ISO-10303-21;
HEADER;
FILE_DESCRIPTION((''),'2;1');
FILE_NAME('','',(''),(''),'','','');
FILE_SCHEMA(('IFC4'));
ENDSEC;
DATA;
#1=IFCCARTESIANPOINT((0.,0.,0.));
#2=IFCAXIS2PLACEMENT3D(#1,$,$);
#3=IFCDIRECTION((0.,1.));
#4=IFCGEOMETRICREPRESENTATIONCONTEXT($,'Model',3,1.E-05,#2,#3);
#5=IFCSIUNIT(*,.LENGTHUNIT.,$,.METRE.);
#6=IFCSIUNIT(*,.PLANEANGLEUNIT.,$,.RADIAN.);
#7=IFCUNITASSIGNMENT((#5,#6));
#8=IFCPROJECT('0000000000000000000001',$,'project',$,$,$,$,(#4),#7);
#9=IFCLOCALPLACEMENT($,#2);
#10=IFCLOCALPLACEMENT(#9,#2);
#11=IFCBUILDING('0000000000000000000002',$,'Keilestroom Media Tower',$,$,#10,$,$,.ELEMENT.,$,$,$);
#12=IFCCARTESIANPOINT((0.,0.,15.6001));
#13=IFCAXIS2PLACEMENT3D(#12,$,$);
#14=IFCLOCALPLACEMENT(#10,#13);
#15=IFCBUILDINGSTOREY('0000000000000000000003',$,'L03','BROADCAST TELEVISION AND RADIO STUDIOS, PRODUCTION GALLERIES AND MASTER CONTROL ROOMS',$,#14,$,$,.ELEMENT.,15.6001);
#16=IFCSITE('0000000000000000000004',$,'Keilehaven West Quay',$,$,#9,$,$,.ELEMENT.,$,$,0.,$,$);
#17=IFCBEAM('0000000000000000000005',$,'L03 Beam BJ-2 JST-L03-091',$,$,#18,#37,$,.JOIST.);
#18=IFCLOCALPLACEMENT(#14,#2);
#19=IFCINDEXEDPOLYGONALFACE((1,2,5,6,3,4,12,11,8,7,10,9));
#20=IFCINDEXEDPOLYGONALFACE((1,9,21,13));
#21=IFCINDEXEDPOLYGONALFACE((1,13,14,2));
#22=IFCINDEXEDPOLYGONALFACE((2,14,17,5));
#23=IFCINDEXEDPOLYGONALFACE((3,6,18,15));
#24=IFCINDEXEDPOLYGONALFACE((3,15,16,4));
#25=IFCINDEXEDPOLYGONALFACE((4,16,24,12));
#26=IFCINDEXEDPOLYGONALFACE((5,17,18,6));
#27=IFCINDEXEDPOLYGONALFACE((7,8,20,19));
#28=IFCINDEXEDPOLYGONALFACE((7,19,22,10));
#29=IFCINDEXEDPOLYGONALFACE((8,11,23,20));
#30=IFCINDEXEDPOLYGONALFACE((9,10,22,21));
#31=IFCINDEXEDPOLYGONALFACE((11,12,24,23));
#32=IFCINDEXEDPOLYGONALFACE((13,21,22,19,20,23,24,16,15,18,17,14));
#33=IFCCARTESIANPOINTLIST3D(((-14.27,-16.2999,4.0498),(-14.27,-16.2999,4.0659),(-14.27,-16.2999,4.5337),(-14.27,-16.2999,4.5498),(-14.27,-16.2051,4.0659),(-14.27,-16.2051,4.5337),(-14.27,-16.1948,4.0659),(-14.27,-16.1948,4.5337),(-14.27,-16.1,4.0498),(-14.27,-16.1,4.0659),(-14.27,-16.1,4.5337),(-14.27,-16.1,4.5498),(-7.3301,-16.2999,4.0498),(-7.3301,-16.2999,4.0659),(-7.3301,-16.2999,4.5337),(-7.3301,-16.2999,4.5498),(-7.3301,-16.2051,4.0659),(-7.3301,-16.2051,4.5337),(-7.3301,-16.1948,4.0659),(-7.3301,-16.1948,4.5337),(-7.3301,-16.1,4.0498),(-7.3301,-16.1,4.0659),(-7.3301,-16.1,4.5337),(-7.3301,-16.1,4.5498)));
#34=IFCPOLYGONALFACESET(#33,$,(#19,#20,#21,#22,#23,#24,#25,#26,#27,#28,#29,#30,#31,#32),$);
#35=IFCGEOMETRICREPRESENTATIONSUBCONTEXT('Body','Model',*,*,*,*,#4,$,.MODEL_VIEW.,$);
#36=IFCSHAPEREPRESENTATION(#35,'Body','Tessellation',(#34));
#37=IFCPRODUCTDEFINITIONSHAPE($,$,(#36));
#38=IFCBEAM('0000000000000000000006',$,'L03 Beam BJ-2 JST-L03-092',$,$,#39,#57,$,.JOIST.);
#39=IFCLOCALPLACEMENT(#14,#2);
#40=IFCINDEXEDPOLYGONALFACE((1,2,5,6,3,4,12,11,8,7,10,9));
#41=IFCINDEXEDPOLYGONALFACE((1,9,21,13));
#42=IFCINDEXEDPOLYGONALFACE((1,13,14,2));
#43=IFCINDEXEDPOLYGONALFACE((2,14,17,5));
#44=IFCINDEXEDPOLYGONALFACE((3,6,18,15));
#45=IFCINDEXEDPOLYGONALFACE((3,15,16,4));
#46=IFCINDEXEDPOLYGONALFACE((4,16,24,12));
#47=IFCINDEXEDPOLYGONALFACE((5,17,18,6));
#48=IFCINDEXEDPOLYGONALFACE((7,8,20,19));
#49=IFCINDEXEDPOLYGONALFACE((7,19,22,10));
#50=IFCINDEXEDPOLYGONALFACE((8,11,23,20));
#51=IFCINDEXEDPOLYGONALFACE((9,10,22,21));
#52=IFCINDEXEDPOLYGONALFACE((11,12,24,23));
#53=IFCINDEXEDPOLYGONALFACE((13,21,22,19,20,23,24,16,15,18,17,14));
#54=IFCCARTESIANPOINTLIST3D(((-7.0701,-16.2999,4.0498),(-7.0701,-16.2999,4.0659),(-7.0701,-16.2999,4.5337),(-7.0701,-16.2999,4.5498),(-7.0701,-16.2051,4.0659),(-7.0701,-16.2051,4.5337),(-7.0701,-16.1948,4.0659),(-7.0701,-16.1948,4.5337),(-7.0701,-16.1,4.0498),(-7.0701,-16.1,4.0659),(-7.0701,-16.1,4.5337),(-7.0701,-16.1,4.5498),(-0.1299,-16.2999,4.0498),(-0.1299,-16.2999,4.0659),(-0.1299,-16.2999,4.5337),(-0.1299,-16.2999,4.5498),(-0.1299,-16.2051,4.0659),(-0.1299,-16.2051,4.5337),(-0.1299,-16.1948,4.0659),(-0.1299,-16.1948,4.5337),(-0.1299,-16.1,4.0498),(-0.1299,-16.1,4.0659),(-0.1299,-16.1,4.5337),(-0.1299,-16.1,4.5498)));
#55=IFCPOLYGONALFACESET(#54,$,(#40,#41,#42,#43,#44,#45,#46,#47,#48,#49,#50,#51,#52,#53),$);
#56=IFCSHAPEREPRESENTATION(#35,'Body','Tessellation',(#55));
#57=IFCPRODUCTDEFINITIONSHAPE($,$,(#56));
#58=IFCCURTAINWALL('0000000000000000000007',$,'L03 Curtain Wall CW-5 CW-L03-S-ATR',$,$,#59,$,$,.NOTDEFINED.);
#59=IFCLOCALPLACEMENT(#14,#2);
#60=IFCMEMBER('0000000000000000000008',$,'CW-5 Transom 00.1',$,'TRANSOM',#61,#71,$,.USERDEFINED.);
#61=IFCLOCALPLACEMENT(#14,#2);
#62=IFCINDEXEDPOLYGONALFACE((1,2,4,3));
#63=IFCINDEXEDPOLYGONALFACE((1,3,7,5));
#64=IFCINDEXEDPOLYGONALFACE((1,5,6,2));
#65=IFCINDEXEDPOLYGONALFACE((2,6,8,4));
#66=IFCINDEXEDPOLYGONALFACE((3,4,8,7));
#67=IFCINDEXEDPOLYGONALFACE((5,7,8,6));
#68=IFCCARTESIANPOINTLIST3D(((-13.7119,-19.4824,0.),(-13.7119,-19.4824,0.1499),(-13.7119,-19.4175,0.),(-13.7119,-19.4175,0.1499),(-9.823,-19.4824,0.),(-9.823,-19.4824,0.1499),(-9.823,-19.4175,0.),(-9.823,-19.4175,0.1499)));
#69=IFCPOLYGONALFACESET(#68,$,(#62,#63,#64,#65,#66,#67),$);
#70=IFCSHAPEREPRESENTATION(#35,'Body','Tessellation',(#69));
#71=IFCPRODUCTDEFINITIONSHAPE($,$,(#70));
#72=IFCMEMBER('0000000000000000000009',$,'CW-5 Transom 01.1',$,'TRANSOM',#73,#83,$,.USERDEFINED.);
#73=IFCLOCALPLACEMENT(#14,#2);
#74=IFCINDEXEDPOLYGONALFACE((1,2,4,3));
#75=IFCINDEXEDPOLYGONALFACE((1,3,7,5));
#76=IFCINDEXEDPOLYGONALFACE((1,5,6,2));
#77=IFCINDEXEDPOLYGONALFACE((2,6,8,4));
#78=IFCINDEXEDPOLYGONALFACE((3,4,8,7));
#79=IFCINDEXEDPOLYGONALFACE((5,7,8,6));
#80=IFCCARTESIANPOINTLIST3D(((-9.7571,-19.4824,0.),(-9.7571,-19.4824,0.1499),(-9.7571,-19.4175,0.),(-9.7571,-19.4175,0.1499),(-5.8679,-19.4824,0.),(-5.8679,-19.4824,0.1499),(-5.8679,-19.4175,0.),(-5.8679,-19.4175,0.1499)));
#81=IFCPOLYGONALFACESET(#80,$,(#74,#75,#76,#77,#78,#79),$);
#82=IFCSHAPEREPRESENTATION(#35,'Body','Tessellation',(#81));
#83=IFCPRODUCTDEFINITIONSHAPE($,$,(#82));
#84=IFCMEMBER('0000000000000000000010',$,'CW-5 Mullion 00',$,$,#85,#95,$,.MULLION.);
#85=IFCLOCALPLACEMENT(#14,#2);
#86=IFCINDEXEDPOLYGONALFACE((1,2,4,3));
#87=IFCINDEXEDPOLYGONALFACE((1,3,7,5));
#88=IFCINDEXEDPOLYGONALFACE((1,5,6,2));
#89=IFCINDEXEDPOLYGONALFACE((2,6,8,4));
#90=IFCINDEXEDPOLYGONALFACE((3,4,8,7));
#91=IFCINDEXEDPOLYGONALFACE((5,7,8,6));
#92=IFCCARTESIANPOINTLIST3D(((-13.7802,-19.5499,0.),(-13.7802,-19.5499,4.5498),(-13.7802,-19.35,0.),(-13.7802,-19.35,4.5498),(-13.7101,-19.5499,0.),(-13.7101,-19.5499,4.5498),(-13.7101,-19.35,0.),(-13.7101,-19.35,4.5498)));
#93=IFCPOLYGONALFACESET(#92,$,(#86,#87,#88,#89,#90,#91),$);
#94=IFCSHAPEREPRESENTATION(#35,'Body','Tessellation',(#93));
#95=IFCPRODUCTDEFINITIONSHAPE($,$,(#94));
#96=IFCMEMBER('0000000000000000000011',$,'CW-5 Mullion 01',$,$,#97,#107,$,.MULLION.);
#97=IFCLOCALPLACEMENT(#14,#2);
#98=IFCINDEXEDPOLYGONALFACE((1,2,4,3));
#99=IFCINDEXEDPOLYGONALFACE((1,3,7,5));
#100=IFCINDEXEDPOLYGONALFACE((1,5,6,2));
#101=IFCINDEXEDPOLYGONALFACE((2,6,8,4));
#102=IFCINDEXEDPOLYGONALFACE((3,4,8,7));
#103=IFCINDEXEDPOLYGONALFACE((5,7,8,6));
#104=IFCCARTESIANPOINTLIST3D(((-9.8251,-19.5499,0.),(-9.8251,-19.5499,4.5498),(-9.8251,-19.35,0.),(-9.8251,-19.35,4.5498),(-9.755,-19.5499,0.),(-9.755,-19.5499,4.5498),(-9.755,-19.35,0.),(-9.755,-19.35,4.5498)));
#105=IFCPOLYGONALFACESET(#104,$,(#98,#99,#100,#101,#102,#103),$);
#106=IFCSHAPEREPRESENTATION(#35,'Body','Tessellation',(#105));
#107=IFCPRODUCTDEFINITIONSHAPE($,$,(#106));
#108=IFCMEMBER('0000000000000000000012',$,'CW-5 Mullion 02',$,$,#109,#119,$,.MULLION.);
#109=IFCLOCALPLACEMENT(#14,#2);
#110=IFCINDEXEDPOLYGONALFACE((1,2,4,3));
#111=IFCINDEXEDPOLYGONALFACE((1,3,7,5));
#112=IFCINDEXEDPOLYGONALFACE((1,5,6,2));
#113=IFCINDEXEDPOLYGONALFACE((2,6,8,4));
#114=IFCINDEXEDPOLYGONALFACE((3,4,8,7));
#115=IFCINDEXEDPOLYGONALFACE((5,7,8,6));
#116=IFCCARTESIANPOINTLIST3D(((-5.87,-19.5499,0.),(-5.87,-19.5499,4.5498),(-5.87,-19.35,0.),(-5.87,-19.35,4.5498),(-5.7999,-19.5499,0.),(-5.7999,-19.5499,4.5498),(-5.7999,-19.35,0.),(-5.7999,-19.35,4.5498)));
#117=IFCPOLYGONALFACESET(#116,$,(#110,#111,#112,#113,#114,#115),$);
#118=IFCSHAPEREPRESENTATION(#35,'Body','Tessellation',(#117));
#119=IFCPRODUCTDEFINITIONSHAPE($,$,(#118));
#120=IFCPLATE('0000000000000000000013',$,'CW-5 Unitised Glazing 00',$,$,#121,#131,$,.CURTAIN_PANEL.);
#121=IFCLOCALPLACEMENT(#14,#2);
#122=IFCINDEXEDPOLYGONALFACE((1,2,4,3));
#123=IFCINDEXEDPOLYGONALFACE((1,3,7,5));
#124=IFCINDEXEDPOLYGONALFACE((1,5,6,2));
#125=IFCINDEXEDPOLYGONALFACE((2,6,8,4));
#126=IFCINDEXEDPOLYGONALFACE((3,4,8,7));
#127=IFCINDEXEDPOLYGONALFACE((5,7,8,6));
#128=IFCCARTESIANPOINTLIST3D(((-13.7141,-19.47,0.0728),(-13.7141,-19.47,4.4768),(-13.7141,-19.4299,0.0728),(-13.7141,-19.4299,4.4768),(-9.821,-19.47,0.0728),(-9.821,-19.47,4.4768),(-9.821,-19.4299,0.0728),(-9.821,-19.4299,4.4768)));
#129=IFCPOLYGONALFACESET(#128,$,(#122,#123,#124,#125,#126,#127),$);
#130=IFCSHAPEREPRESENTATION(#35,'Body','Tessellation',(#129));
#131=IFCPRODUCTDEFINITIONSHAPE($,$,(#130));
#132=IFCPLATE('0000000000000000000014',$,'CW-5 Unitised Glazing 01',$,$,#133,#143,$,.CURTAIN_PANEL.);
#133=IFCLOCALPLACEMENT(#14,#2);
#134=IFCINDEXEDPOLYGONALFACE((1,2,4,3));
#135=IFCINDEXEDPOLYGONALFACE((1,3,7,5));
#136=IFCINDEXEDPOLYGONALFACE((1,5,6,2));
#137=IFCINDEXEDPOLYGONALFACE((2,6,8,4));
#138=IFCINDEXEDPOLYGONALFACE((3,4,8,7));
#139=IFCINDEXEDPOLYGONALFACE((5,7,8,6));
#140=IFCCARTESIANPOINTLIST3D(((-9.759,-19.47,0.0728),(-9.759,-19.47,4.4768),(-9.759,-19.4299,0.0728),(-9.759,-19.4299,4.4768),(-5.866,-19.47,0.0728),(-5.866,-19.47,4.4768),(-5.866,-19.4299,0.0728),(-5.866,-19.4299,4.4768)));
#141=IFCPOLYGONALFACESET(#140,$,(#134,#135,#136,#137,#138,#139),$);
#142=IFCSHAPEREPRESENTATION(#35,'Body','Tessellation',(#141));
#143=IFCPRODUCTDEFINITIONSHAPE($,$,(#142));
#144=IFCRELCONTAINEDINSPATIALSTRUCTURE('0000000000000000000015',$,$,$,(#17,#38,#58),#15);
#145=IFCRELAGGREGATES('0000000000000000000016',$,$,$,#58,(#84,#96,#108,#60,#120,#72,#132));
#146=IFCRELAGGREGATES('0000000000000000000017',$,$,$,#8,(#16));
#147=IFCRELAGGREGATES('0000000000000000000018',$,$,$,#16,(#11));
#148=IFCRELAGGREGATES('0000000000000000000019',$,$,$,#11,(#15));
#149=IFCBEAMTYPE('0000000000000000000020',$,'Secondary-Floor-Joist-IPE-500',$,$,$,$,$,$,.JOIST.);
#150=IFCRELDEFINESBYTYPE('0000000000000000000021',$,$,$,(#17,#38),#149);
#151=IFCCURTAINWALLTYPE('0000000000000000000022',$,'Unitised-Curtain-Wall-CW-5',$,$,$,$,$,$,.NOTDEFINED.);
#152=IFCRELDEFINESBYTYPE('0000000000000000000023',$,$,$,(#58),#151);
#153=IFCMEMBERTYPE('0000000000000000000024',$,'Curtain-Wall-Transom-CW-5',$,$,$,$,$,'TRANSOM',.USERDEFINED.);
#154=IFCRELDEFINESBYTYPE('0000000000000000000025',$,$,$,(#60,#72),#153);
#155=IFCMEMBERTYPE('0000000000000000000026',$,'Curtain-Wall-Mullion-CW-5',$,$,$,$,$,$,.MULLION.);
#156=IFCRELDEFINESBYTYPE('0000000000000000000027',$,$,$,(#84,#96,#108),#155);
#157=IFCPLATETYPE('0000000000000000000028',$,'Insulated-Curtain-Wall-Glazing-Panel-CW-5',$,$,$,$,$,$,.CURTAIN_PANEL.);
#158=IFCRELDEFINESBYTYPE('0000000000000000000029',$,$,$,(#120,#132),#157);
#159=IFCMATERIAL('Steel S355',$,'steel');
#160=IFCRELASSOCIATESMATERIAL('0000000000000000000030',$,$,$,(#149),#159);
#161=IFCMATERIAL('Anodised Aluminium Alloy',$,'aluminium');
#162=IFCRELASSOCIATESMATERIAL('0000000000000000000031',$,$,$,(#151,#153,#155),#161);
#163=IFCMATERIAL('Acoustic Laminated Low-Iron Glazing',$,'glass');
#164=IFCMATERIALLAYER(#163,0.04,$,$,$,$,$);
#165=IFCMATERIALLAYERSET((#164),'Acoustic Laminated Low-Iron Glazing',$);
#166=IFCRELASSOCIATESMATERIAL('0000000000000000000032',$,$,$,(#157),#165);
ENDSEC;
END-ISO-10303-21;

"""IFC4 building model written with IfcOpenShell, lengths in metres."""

from ifc_helpers import new_model, si_unit, direction, frame, origin, origin_2d, place, context, subcontext, project, spatial, rectangle, i_section, extrude, source, transform, mapped, material, layer, layer_set, material_profile, profile_set, type_object, element, aggregate, save


model = new_model("IFC4")

# Units and contexts
model_context = context("Model", 3, precision=1e-05, world=origin(), true_north=direction((0.0, 1.0)))
body_context = subcontext(model_context, "Body", "Model", "MODEL_VIEW")
ifc_project = project(units=[si_unit("LENGTHUNIT", "METRE"), si_unit("PLANEANGLEUNIT", "RADIAN")], contexts=[model_context])

# Site, building, storey
site_placement = place(None, origin())
site = spatial("IfcSite", under=ifc_project, at=site_placement, Name="Keilehaven West Quay", CompositionType="ELEMENT", RefElevation=0.0)
building_placement = place(site_placement, origin())
building = spatial("IfcBuilding", under=site, at=building_placement, Name="Keilestroom Media Tower", CompositionType="ELEMENT")
storey_placement = place(building_placement, frame((0.0, 0.0, 15.6001)))
storey = spatial("IfcBuildingStorey", under=building, at=storey_placement, Name="L03", Description="BROADCAST TELEVISION AND RADIO STUDIOS, PRODUCTION GALLERIES AND MASTER CONTROL ROOMS", CompositionType="ELEMENT", Elevation=15.6001)

# Beams
ifc_material_1 = material(Name="Steel S355", Category="steel")
ifc_material_profile_1 = material_profile(ifc_material_1, i_section(OverallWidth=0.2, OverallDepth=0.5, WebThickness=0.0103, FlangeThickness=0.0161, at=origin_2d()), Name="IPE 500")
ifc_profile_set_1 = profile_set([ifc_material_profile_1], Name="Steel S355")
beam_type_1 = type_object("IfcBeamType", Name="Secondary-Floor-Joist-IPE-500", PredefinedType="JOIST", material=ifc_profile_set_1)
shared_shape_1 = source(origin(), body_context, "Body", "SweptSolid", [
    extrude(i_section(OverallWidth=0.2, OverallDepth=0.5, WebThickness=0.0103, FlangeThickness=0.0161, at=origin_2d()), origin(), (0.0, 0.0, 1.0), 6.9399),
])
beam_1_placement = place(storey_placement, frame((-14.27, -16.2, 4.2998), z_axis=(1.0, 0.0, 0.0), x_axis=(0.0, 1.0, 0.0)))
element("IfcBeam", 1, at=beam_1_placement, inside=storey, type_object=beam_type_1, Name="L03 Beam BJ-2 JST-L03-091", PredefinedType="JOIST", context=body_context, shape_type="MappedRepresentation", body=[
    mapped(shared_shape_1, transform((0.0, 0.0, 0.0), x_axis=(1.0, 0.0, 0.0), y_axis=(0.0, 1.0, 0.0), z_axis=(0.0, 0.0, 1.0), scale=1.0)),
])
shared_shape_2 = source(origin(), body_context, "Body", "SweptSolid", [
    extrude(i_section(OverallWidth=0.2, OverallDepth=0.5, WebThickness=0.0103, FlangeThickness=0.0161, at=origin_2d()), origin(), (0.0, 0.0, 1.0), 6.9402),
])
beam_2_placement = place(storey_placement, frame((-7.0701, -16.2, 4.2998), z_axis=(1.0, 0.0, 0.0), x_axis=(0.0, 1.0, 0.0)))
element("IfcBeam", 2, at=beam_2_placement, inside=storey, type_object=beam_type_1, Name="L03 Beam BJ-2 JST-L03-092", PredefinedType="JOIST", context=body_context, shape_type="MappedRepresentation", body=[
    mapped(shared_shape_2, transform((0.0, 0.0, 0.0), x_axis=(1.0, 0.0, 0.0), y_axis=(0.0, 1.0, 0.0), z_axis=(0.0, 0.0, 1.0), scale=1.0)),
])

# Curtain wall, members, plates
ifc_material_2 = material(Name="Anodised Aluminium Alloy", Category="aluminium")
curtain_wall_type = type_object("IfcCurtainWallType", Name="Unitised-Curtain-Wall-CW-5", PredefinedType="NOTDEFINED", material=ifc_material_2)
curtain_wall_placement = place(storey_placement, origin())
curtain_wall = element("IfcCurtainWall", 3, at=curtain_wall_placement, inside=storey, type_object=curtain_wall_type, Name="L03 Curtain Wall CW-5 CW-L03-S-ATR", PredefinedType="NOTDEFINED")
ifc_material_profile_2 = material_profile(ifc_material_2, rectangle(XDim=0.0649, YDim=0.1499, at=origin_2d()), Name="ALU TRANSOM 65x150")
ifc_profile_set_2 = profile_set([ifc_material_profile_2], Name="Anodised Aluminium Alloy")
member_type_1 = type_object("IfcMemberType", Name="Curtain-Wall-Transom-CW-5", ElementType="TRANSOM", PredefinedType="USERDEFINED", material=ifc_profile_set_2)
shared_shape_3 = source(origin(), body_context, "Body", "SweptSolid", [
    extrude(rectangle(XDim=0.0649, YDim=0.1499, at=origin_2d()), origin(), (0.0, 0.0, 1.0), 3.8889),
])
member_1_placement = place(storey_placement, frame((-13.7119, -19.45, 0.075), z_axis=(1.0, 0.0, 0.0), x_axis=(0.0, 1.0, 0.0)))
member_1 = element("IfcMember", 4, at=member_1_placement, type_object=member_type_1, Name="CW-5 Transom 00.1", ObjectType="TRANSOM", PredefinedType="USERDEFINED", context=body_context, shape_type="MappedRepresentation", body=[
    mapped(shared_shape_3, transform((0.0, 0.0, 0.0), x_axis=(1.0, 0.0, 0.0), y_axis=(0.0, 1.0, 0.0), z_axis=(0.0, 0.0, 1.0), scale=1.0)),
])
shared_shape_4 = source(origin(), body_context, "Body", "SweptSolid", [
    extrude(rectangle(XDim=0.0649, YDim=0.1499, at=origin_2d()), origin(), (0.0, 0.0, 1.0), 3.8892),
])
member_2_placement = place(storey_placement, frame((-9.7571, -19.45, 0.075), z_axis=(1.0, 0.0, 0.0), x_axis=(0.0, 1.0, 0.0)))
member_2 = element("IfcMember", 5, at=member_2_placement, type_object=member_type_1, Name="CW-5 Transom 01.1", ObjectType="TRANSOM", PredefinedType="USERDEFINED", context=body_context, shape_type="MappedRepresentation", body=[
    mapped(shared_shape_4, transform((0.0, 0.0, 0.0), x_axis=(1.0, 0.0, 0.0), y_axis=(0.0, 1.0, 0.0), z_axis=(0.0, 0.0, 1.0), scale=1.0)),
])
ifc_material_profile_3 = material_profile(ifc_material_2, rectangle(XDim=0.0701, YDim=0.2, at=origin_2d()), Name="ALU MULLION 70x200")
ifc_profile_set_3 = profile_set([ifc_material_profile_3], Name="Anodised Aluminium Alloy")
member_type_2 = type_object("IfcMemberType", Name="Curtain-Wall-Mullion-CW-5", PredefinedType="MULLION", material=ifc_profile_set_3)
shared_shape_5 = source(origin(), body_context, "Body", "SweptSolid", [
    extrude(rectangle(XDim=0.0701, YDim=0.2, at=origin_2d()), origin(), (0.0, 0.0, 1.0), 4.5498),
])
member_3_placement = place(storey_placement, frame((-13.7451, -19.45, 0.0), z_axis=(0.0, 0.0, 1.0), x_axis=(1.0, 0.0, 0.0)))
member_3 = element("IfcMember", 6, at=member_3_placement, type_object=member_type_2, Name="CW-5 Mullion 00", PredefinedType="MULLION", context=body_context, shape_type="MappedRepresentation", body=[
    mapped(shared_shape_5, transform((0.0, 0.0, 0.0), x_axis=(1.0, 0.0, 0.0), y_axis=(0.0, 1.0, 0.0), z_axis=(0.0, 0.0, 1.0), scale=1.0)),
])
member_4_placement = place(storey_placement, frame((-9.79, -19.45, 0.0), z_axis=(0.0, 0.0, 1.0), x_axis=(1.0, 0.0, 0.0)))
member_4 = element("IfcMember", 7, at=member_4_placement, type_object=member_type_2, Name="CW-5 Mullion 01", PredefinedType="MULLION", context=body_context, shape_type="MappedRepresentation", body=[
    mapped(shared_shape_5, transform((0.0, 0.0, 0.0), x_axis=(1.0, 0.0, 0.0), y_axis=(0.0, 1.0, 0.0), z_axis=(0.0, 0.0, 1.0), scale=1.0)),
])
member_5_placement = place(storey_placement, frame((-5.835, -19.45, 0.0), z_axis=(0.0, 0.0, 1.0), x_axis=(1.0, 0.0, 0.0)))
member_5 = element("IfcMember", 8, at=member_5_placement, type_object=member_type_2, Name="CW-5 Mullion 02", PredefinedType="MULLION", context=body_context, shape_type="MappedRepresentation", body=[
    mapped(shared_shape_5, transform((0.0, 0.0, 0.0), x_axis=(1.0, 0.0, 0.0), y_axis=(0.0, 1.0, 0.0), z_axis=(0.0, 0.0, 1.0), scale=1.0)),
])
ifc_material_3 = material(Name="Acoustic Laminated Low-Iron Glazing", Category="glass")
ifc_layer_1 = layer(ifc_material_3, 0.04)
ifc_layer_set_1 = layer_set([ifc_layer_1], Name="Acoustic Laminated Low-Iron Glazing")
plate_type = type_object("IfcPlateType", Name="Insulated-Curtain-Wall-Glazing-Panel-CW-5", PredefinedType="CURTAIN_PANEL", material=ifc_layer_set_1)
shared_shape_6 = source(origin(), body_context, "Body", "SweptSolid", [
    extrude(rectangle(XDim=3.8931, YDim=0.04, at=origin_2d()), origin(), (0.0, 0.0, 1.0), 4.4041),
])
plate_1_placement = place(storey_placement, frame((-11.7676, -19.45, 0.0728), z_axis=(0.0, 0.0, 1.0), x_axis=(1.0, 0.0, 0.0)))
plate_1 = element("IfcPlate", 9, at=plate_1_placement, type_object=plate_type, Name="CW-5 Unitised Glazing 00", PredefinedType="CURTAIN_PANEL", context=body_context, shape_type="MappedRepresentation", body=[
    mapped(shared_shape_6, transform((0.0, 0.0, 0.0), x_axis=(1.0, 0.0, 0.0), y_axis=(0.0, 1.0, 0.0), z_axis=(0.0, 0.0, 1.0), scale=1.0)),
])
plate_2_placement = place(storey_placement, frame((-7.8125, -19.45, 0.0728), z_axis=(0.0, 0.0, 1.0), x_axis=(1.0, 0.0, 0.0)))
plate_2 = element("IfcPlate", 10, at=plate_2_placement, type_object=plate_type, Name="CW-5 Unitised Glazing 01", PredefinedType="CURTAIN_PANEL", context=body_context, shape_type="MappedRepresentation", body=[
    mapped(shared_shape_6, transform((0.0, 0.0, 0.0), x_axis=(1.0, 0.0, 0.0), y_axis=(0.0, 1.0, 0.0), z_axis=(0.0, 0.0, 1.0), scale=1.0)),
])
aggregate(curtain_wall, [member_3, member_4, member_5, member_1, plate_1, member_2, plate_2])

save(model, "model.ifc")
